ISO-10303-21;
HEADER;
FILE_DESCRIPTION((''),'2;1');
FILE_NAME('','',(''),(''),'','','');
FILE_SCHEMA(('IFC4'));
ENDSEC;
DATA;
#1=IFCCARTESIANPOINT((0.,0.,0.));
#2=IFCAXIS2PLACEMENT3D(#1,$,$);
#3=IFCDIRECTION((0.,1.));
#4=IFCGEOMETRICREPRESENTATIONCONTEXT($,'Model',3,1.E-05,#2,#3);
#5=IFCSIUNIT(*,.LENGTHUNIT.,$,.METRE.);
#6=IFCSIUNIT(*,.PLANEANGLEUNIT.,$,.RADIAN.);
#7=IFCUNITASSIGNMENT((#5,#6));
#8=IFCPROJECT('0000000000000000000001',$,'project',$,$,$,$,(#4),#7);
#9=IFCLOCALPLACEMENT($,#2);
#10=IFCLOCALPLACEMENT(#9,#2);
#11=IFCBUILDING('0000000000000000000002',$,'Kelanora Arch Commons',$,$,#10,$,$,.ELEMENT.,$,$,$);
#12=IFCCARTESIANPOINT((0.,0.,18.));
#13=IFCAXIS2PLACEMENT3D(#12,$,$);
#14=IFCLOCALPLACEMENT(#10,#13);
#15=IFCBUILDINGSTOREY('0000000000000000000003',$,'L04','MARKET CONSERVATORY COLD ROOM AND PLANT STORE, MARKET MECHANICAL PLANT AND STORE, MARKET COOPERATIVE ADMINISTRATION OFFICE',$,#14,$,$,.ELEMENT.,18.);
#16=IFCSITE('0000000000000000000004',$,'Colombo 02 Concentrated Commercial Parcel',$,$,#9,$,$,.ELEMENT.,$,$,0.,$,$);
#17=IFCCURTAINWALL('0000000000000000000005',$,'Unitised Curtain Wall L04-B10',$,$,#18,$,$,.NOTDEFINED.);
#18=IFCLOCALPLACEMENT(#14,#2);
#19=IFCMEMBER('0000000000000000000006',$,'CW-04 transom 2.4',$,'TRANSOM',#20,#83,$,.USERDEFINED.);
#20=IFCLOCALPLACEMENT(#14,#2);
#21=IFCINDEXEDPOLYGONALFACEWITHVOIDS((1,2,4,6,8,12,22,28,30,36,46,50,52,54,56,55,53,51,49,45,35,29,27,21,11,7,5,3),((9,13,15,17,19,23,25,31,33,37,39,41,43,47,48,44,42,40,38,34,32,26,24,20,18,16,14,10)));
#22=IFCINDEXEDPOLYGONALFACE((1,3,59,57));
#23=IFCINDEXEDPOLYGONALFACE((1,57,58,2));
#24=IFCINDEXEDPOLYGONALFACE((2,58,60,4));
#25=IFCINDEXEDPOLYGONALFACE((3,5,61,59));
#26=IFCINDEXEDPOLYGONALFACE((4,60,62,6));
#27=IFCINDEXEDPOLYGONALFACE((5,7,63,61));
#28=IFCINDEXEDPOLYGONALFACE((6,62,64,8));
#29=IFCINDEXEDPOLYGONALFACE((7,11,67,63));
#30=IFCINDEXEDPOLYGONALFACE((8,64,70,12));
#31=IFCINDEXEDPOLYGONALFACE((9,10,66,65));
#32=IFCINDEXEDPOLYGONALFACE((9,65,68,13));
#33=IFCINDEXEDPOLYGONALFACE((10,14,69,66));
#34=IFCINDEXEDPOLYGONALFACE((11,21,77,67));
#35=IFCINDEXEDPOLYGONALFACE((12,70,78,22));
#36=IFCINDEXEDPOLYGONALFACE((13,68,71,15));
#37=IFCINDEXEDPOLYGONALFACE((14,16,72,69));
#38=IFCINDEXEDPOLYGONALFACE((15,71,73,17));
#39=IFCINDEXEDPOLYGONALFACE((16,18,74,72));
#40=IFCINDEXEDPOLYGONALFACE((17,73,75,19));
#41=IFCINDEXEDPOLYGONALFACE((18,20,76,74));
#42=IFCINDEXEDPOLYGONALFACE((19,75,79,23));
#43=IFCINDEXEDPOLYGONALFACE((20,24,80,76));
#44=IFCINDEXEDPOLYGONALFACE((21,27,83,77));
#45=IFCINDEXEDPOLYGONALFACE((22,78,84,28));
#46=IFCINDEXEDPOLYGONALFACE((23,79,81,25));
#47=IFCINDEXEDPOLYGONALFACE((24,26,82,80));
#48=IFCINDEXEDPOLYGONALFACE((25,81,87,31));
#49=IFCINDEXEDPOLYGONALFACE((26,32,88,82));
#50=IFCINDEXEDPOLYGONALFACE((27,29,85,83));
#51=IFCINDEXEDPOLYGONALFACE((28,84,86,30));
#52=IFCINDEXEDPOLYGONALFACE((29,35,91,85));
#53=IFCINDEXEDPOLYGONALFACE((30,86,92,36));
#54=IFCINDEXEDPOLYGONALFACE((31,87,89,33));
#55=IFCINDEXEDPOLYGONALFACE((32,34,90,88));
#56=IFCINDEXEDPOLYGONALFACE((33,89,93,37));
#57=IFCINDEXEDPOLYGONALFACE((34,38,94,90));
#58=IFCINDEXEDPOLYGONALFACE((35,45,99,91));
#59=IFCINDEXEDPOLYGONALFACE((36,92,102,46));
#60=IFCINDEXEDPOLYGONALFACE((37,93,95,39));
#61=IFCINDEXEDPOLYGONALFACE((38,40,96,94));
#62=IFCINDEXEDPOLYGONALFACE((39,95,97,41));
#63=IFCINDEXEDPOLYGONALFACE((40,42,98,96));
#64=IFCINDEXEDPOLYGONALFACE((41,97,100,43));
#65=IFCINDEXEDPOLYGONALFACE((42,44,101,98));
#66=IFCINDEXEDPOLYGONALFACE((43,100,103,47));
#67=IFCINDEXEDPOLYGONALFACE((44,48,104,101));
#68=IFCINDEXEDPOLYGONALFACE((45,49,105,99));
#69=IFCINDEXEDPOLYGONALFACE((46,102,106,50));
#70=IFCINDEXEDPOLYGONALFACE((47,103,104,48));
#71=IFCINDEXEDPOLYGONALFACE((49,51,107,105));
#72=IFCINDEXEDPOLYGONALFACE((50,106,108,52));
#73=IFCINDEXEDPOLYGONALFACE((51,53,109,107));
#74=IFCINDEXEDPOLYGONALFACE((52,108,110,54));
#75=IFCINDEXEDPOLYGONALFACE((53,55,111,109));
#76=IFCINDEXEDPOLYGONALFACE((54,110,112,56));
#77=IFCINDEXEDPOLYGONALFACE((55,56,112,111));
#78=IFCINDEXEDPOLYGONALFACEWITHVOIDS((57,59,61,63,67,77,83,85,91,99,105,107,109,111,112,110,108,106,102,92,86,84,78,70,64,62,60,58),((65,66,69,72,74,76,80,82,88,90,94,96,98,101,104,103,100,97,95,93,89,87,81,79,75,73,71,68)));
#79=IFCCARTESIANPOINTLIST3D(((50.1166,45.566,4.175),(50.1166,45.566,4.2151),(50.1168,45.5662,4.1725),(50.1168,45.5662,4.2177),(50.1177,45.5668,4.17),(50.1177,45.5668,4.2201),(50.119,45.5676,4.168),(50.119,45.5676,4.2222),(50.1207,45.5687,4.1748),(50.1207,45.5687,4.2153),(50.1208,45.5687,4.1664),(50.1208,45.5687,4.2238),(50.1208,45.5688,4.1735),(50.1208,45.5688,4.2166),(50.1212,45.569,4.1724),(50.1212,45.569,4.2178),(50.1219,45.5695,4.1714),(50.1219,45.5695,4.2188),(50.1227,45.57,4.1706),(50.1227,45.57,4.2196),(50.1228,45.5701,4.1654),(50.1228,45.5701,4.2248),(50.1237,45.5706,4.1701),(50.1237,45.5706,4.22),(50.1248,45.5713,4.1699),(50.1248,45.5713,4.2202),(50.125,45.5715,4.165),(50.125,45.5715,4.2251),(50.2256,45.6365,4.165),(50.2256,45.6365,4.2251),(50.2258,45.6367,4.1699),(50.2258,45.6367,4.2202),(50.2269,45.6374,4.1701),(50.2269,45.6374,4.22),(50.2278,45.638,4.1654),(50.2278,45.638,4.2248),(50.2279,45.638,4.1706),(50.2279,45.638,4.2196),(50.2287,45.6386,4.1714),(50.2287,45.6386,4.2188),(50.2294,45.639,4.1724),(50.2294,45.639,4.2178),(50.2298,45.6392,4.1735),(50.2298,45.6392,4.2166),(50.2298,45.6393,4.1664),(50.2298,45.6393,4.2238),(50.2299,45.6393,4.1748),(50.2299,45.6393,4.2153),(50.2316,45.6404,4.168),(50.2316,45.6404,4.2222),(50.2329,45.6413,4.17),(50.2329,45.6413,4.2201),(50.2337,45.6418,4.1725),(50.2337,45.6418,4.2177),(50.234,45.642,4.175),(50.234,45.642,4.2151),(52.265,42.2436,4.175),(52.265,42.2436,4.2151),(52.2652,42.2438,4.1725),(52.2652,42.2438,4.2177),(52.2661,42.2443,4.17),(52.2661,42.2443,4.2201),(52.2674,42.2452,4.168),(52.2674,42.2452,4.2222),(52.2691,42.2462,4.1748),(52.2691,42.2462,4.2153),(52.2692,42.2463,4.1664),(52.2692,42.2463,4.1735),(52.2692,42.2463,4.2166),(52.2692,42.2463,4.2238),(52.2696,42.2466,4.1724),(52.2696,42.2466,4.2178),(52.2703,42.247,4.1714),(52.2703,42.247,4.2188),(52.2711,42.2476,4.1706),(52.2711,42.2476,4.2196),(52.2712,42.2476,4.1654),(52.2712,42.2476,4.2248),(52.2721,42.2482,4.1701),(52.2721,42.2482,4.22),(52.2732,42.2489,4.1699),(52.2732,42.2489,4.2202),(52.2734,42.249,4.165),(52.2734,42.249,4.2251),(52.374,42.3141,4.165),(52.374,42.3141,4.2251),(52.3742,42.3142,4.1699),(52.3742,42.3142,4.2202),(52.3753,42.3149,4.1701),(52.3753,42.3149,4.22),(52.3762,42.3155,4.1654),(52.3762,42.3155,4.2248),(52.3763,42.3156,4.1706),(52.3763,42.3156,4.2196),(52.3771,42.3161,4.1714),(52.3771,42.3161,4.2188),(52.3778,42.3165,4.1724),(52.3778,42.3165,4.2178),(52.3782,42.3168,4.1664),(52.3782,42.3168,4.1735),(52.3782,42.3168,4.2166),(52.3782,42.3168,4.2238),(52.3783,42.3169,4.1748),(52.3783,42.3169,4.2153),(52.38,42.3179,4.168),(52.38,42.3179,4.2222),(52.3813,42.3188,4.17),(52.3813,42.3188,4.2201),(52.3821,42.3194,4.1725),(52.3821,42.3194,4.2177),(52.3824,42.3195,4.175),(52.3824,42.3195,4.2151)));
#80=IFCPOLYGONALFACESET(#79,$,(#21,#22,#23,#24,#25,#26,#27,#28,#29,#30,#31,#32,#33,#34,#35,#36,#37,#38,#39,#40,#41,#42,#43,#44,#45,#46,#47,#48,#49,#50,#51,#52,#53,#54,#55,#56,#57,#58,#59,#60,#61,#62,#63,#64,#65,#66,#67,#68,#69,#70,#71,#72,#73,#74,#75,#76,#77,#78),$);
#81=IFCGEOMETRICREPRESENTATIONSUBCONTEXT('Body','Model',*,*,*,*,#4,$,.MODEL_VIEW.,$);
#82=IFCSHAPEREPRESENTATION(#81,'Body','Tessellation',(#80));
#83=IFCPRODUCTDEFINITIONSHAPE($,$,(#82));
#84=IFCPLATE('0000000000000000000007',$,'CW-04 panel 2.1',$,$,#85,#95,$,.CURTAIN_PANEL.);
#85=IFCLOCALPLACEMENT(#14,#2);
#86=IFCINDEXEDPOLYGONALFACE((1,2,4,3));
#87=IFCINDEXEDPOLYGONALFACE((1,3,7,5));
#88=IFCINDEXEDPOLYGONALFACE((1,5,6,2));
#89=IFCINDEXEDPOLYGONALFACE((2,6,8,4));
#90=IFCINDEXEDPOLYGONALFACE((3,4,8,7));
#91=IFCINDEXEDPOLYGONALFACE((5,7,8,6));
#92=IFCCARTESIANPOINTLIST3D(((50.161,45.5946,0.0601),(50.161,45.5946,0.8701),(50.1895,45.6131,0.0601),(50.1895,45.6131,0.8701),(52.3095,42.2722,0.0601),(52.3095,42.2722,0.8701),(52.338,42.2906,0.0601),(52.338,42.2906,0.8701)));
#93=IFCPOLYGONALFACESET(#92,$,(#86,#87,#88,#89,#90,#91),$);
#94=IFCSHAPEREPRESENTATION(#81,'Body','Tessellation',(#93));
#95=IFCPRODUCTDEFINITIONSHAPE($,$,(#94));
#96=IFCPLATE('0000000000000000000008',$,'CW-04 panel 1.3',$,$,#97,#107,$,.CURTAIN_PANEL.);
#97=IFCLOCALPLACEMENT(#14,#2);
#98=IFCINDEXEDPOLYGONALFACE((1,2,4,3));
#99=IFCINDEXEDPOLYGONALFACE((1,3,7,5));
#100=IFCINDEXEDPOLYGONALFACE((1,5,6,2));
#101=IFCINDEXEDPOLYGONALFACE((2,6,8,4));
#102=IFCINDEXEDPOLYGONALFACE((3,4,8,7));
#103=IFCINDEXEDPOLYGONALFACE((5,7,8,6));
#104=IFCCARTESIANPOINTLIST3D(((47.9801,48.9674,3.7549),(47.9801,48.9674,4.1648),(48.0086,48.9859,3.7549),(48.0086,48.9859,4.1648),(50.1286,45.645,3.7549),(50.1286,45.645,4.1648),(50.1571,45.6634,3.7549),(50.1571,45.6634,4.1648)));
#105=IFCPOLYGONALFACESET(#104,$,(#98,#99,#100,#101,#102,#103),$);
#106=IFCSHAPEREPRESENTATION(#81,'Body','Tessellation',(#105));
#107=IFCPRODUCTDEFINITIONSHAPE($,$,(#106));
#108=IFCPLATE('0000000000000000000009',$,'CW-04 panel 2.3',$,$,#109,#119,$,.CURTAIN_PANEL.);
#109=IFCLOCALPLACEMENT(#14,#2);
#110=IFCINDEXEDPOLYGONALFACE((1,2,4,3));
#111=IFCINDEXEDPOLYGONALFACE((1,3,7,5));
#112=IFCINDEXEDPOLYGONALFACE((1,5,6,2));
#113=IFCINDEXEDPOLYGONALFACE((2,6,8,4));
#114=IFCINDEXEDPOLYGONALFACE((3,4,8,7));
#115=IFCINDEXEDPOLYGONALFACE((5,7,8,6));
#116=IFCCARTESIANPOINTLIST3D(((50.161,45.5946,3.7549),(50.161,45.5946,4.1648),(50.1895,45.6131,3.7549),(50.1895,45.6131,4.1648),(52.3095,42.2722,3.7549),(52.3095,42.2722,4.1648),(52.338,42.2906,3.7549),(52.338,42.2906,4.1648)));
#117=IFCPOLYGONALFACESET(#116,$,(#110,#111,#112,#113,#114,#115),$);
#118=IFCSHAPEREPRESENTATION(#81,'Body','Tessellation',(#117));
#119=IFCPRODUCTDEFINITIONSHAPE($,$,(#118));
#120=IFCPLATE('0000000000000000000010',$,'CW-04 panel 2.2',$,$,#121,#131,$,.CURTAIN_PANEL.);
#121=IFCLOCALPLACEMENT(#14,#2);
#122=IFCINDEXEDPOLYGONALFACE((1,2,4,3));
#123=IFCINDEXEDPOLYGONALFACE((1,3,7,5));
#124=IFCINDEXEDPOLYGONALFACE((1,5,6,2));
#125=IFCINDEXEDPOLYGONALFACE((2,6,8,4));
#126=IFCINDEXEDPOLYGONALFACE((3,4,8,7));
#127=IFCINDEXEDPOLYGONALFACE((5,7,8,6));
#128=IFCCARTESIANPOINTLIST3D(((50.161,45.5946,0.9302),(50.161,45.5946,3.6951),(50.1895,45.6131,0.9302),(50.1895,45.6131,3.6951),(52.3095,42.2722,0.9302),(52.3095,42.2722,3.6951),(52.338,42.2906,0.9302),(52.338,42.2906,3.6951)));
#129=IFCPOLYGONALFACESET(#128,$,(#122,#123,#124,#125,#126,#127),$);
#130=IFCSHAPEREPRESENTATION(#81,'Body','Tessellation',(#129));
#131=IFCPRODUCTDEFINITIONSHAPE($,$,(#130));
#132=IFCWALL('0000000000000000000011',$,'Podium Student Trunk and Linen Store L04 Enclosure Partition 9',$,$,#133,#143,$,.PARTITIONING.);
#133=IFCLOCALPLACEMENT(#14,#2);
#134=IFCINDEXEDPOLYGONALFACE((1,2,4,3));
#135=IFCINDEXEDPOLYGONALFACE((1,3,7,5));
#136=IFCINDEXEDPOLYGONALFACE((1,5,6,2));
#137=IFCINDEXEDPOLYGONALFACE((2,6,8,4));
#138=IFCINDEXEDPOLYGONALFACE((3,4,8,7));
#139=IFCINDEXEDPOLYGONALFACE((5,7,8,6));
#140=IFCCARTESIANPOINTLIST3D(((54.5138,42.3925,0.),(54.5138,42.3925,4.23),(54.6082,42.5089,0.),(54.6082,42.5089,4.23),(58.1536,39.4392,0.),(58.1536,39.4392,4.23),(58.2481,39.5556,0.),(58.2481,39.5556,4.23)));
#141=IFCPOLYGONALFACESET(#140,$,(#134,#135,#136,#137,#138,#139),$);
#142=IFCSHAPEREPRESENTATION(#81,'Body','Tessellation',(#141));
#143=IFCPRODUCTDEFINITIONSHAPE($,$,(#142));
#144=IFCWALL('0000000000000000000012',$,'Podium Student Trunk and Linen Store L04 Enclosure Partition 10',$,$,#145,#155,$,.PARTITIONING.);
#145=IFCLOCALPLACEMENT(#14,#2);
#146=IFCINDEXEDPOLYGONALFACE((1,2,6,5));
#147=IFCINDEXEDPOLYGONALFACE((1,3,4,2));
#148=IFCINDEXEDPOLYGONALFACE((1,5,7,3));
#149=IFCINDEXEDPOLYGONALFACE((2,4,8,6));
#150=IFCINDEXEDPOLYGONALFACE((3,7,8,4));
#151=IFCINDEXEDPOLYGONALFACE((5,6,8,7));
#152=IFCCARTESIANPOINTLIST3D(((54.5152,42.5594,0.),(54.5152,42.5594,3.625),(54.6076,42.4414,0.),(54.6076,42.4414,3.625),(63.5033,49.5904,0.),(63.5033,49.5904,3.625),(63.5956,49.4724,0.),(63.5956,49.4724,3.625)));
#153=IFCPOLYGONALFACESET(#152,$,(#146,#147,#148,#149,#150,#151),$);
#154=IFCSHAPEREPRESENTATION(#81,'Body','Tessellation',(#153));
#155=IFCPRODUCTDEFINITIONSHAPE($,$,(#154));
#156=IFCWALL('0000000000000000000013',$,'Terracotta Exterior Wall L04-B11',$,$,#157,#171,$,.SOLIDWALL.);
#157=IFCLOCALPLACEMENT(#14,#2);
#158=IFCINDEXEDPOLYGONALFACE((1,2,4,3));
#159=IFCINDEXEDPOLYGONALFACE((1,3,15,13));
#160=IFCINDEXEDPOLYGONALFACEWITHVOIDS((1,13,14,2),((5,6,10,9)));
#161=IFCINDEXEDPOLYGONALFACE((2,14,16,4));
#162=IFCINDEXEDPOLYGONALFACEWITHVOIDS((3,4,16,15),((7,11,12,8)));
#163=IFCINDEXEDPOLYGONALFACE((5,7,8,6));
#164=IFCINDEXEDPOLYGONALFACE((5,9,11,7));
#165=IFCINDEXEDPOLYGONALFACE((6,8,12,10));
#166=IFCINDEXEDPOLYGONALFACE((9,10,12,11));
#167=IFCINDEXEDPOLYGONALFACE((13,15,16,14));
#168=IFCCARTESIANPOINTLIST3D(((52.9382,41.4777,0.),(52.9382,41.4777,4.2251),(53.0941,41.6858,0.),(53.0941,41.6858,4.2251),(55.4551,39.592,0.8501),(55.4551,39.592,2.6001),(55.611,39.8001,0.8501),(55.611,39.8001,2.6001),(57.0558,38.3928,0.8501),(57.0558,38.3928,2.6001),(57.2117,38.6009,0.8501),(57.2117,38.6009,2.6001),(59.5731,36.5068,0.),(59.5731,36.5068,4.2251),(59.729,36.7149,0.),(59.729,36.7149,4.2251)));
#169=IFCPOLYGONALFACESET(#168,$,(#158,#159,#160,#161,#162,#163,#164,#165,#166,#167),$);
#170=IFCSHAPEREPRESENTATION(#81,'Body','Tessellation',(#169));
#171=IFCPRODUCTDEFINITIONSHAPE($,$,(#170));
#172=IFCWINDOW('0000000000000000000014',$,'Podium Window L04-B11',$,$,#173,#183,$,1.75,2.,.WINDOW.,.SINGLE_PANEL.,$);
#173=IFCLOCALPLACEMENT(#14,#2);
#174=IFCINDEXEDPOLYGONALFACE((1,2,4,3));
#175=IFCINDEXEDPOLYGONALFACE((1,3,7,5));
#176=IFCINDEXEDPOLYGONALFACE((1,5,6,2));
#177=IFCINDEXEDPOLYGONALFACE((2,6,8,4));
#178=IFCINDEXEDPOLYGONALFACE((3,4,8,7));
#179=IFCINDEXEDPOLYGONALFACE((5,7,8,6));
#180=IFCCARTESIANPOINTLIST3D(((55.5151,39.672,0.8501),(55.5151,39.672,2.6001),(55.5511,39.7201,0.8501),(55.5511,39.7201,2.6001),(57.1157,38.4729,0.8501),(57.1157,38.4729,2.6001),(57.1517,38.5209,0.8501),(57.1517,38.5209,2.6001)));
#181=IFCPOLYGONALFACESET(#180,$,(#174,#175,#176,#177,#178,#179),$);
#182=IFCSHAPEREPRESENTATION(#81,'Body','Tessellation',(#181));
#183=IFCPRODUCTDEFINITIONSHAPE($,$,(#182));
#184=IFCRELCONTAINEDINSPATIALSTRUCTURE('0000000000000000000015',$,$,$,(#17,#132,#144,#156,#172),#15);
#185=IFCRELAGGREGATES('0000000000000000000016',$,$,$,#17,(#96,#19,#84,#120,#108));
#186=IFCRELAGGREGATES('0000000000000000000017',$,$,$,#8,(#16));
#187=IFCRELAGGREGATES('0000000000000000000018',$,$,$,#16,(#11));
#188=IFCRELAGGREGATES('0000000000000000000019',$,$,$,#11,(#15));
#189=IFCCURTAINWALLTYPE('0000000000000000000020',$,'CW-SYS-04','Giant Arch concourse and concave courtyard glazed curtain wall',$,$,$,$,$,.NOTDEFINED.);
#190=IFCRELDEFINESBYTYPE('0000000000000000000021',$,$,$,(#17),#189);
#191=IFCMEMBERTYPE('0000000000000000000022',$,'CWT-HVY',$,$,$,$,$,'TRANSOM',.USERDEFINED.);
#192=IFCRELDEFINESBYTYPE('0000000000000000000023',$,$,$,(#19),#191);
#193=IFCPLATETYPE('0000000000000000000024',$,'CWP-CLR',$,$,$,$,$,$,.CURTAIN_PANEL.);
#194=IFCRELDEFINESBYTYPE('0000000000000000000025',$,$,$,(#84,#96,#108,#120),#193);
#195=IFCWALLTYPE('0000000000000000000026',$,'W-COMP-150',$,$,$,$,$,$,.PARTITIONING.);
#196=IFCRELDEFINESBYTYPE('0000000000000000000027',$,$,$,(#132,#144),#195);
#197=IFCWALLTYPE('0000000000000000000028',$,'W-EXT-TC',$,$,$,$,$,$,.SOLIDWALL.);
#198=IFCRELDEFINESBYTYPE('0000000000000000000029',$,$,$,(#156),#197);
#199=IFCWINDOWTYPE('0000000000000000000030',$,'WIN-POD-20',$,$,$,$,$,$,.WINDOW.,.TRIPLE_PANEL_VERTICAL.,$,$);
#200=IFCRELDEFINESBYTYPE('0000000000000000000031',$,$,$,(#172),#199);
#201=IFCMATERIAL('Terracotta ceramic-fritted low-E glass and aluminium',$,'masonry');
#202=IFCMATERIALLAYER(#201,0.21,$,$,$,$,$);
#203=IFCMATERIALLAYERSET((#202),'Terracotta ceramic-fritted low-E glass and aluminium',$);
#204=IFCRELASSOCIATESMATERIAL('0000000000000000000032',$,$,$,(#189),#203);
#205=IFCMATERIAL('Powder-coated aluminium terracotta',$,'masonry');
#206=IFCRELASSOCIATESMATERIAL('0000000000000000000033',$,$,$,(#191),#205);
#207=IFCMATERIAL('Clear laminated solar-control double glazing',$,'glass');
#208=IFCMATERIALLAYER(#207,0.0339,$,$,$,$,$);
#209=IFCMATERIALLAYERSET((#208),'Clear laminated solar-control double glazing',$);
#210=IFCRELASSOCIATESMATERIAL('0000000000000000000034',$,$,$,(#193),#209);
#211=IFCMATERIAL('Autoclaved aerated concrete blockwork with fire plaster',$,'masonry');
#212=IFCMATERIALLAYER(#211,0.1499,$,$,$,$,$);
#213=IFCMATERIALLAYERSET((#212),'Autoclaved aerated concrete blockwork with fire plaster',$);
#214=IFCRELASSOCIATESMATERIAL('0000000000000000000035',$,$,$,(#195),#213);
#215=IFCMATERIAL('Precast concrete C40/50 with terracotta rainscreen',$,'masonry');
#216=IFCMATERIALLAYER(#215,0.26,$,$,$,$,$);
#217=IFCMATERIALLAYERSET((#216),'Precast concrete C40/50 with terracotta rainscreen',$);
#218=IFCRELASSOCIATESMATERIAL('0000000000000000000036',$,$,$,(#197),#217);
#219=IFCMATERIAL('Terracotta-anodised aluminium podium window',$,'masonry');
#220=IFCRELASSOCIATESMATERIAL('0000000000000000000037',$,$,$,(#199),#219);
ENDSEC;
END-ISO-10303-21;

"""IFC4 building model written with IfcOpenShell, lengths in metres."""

from ifc_helpers import new_model, si_unit, direction, frame, frame_2d, origin, origin_2d, place, context, subcontext, project, spatial, rectangle, hollow_rectangle, extrude, source, transform, mapped, material, layer, layer_set, material_profile, profile_set, type_object, element, fill, aggregate, save


model = new_model("IFC4")

# Units and contexts
model_context = context("Model", 3, precision=1e-05, world=origin(), true_north=direction((0.0, 1.0)))
body_context = subcontext(model_context, "Body", "Model", "MODEL_VIEW")
ifc_project = project(units=[si_unit("LENGTHUNIT", "METRE"), si_unit("PLANEANGLEUNIT", "RADIAN")], contexts=[model_context])

# Site, building, storey
site_placement = place(None, origin())
site = spatial("IfcSite", under=ifc_project, at=site_placement, Name="Colombo 02 Concentrated Commercial Parcel", CompositionType="ELEMENT", RefElevation=0.0)
building_placement = place(site_placement, origin())
building = spatial("IfcBuilding", under=site, at=building_placement, Name="Kelanora Arch Commons", CompositionType="ELEMENT")
storey_placement = place(building_placement, frame((0.0, 0.0, 18.0)))
storey = spatial("IfcBuildingStorey", under=building, at=storey_placement, Name="L04", Description="MARKET CONSERVATORY COLD ROOM AND PLANT STORE, MARKET MECHANICAL PLANT AND STORE, MARKET COOPERATIVE ADMINISTRATION OFFICE", CompositionType="ELEMENT", Elevation=18.0)

# Curtain wall, member, plates
ifc_material_1 = material(Name="Terracotta ceramic-fritted low-E glass and aluminium", Category="masonry")
ifc_layer_1 = layer(ifc_material_1, 0.21)
ifc_layer_set_1 = layer_set([ifc_layer_1], Name="Terracotta ceramic-fritted low-E glass and aluminium")
curtain_wall_type = type_object("IfcCurtainWallType", Name="CW-SYS-04", Description="Giant Arch concourse and concave courtyard glazed curtain wall", PredefinedType="NOTDEFINED", material=ifc_layer_set_1)
curtain_wall_placement = place(storey_placement, origin())
curtain_wall = element("IfcCurtainWall", 1, at=curtain_wall_placement, inside=storey, type_object=curtain_wall_type, Name="Unitised Curtain Wall L04-B10", PredefinedType="NOTDEFINED")
ifc_material_2 = material(Name="Powder-coated aluminium terracotta", Category="masonry")
ifc_material_profile_1 = material_profile(ifc_material_2, hollow_rectangle(XDim=0.1399, YDim=0.0601, WallThickness=0.0049, InnerFilletRadius=0.0049, OuterFilletRadius=0.01, at=origin_2d()), Name="CWT140x60")
ifc_profile_set_1 = profile_set([ifc_material_profile_1], Name="Powder-coated aluminium terracotta")
member_type_1 = type_object("IfcMemberType", Name="CWT-HVY", ElementType="TRANSOM", PredefinedType="USERDEFINED", material=ifc_profile_set_1)
member_1_placement = place(storey_placement, frame((50.1753, 45.604, 4.1951), z_axis=(0.542998, -0.839734, 0.0), x_axis=(0.839734, 0.542998, 0.0)))
member_1 = element("IfcMember", 2, at=member_1_placement, type_object=member_type_1, Name="CW-04 transom 2.4", ObjectType="TRANSOM", PredefinedType="USERDEFINED", context=body_context, shape_type="SweptSolid", body=[
    extrude(hollow_rectangle(XDim=0.1399, YDim=0.0601, WallThickness=0.0049, InnerFilletRadius=0.0049, OuterFilletRadius=0.01, at=origin_2d()), origin(), (0.0, 0.0, 1.0), 3.9565),
])
ifc_material_3 = material(Name="Clear laminated solar-control double glazing", Category="glass")
ifc_layer_2 = layer(ifc_material_3, 0.0339)
ifc_layer_set_2 = layer_set([ifc_layer_2], Name="Clear laminated solar-control double glazing")
plate_type = type_object("IfcPlateType", Name="CWP-CLR", PredefinedType="CURTAIN_PANEL", material=ifc_layer_set_2)
shared_shape_1 = source(origin(), body_context, "Body", "SweptSolid", [
    extrude(rectangle(XDim=3.9565, YDim=0.0339, at=origin_2d()), origin(), (0.0, 0.0, 1.0), 0.8101),
])
plate_1_placement = place(storey_placement, frame((51.2495, 43.9426, 0.0601), z_axis=(0.0, 0.0, 1.0), x_axis=(0.543006, -0.839729, 0.0)))
plate_1 = element("IfcPlate", 3, at=plate_1_placement, type_object=plate_type, Name="CW-04 panel 2.1", PredefinedType="CURTAIN_PANEL", context=body_context, shape_type="MappedRepresentation", body=[
    mapped(shared_shape_1, transform((0.0, 0.0, 0.0), scale=1.0)),
])
shared_shape_2 = source(origin(), body_context, "Body", "SweptSolid", [
    extrude(rectangle(XDim=3.9565, YDim=0.0339, at=origin_2d()), origin(), (0.0, 0.0, 1.0), 0.4099),
])
plate_2_placement = place(storey_placement, frame((49.0686, 47.3154, 3.7549), z_axis=(0.0, 0.0, 1.0), x_axis=(0.543006, -0.839729, 0.0)))
plate_2 = element("IfcPlate", 4, at=plate_2_placement, type_object=plate_type, Name="CW-04 panel 1.3", PredefinedType="CURTAIN_PANEL", context=body_context, shape_type="MappedRepresentation", body=[
    mapped(shared_shape_2, transform((0.0, 0.0, 0.0), scale=1.0)),
])
plate_3_placement = place(storey_placement, frame((51.2495, 43.9426, 3.7549), z_axis=(0.0, 0.0, 1.0), x_axis=(0.543006, -0.839729, 0.0)))
plate_3 = element("IfcPlate", 5, at=plate_3_placement, type_object=plate_type, Name="CW-04 panel 2.3", PredefinedType="CURTAIN_PANEL", context=body_context, shape_type="MappedRepresentation", body=[
    mapped(shared_shape_2, transform((0.0, 0.0, 0.0), scale=1.0)),
])
shared_shape_3 = source(origin(), body_context, "Body", "SweptSolid", [
    extrude(rectangle(XDim=3.9565, YDim=0.0339, at=origin_2d()), origin(), (0.0, 0.0, 1.0), 2.7649),
])
plate_4_placement = place(storey_placement, frame((51.2495, 43.9426, 0.9302), z_axis=(0.0, 0.0, 1.0), x_axis=(0.543006, -0.839729, 0.0)))
plate_4 = element("IfcPlate", 6, at=plate_4_placement, type_object=plate_type, Name="CW-04 panel 2.2", PredefinedType="CURTAIN_PANEL", context=body_context, shape_type="MappedRepresentation", body=[
    mapped(shared_shape_3, transform((0.0, 0.0, 0.0), scale=1.0)),
])
aggregate(curtain_wall, [plate_2, member_1, plate_1, plate_4, plate_3])

# Walls
ifc_material_4 = material(Name="Autoclaved aerated concrete blockwork with fire plaster", Category="masonry")
ifc_layer_3 = layer(ifc_material_4, 0.1499)
ifc_layer_set_3 = layer_set([ifc_layer_3], Name="Autoclaved aerated concrete blockwork with fire plaster")
wall_type_1 = type_object("IfcWallType", Name="W-COMP-150", PredefinedType="PARTITIONING", material=ifc_layer_set_3)
wall_1_placement = place(storey_placement, frame((58.2009, 39.4973, 0.0), z_axis=(0.0, 0.0, 1.0), x_axis=(-0.776536, 0.630073, 0.0)))
element("IfcWall", 7, at=wall_1_placement, inside=storey, type_object=wall_type_1, Name="Podium Student Trunk and Linen Store L04 Enclosure Partition 9", PredefinedType="PARTITIONING", context=body_context, shape_type="SweptSolid", body=[
    extrude(rectangle(XDim=4.6873, YDim=0.1499, at=frame_2d((2.3438, 0.0))), origin(), (0.0, 0.0, 1.0), 4.23),
])
wall_2_placement = place(storey_placement, frame((54.5615, 42.5005, 0.0), z_axis=(0.0, 0.0, 1.0), x_axis=(0.787637, 0.616139, 0.0)))
element("IfcWall", 8, at=wall_2_placement, inside=storey, type_object=wall_type_1, Name="Podium Student Trunk and Linen Store L04 Enclosure Partition 10", PredefinedType="PARTITIONING", context=body_context, shape_type="SweptSolid", body=[
    extrude(rectangle(XDim=11.4114, YDim=0.1499, at=frame_2d((5.7056, 0.0))), origin(), (0.0, 0.0, 1.0), 3.625),
])

# Wall, opening, window
ifc_material_5 = material(Name="Precast concrete C40/50 with terracotta rainscreen", Category="masonry")
ifc_layer_4 = layer(ifc_material_5, 0.26)
ifc_layer_set_4 = layer_set([ifc_layer_4], Name="Precast concrete C40/50 with terracotta rainscreen")
wall_type_2 = type_object("IfcWallType", Name="W-EXT-TC", PredefinedType="SOLIDWALL", material=ifc_layer_set_4)
wall_3_placement = place(storey_placement, frame((53.0161, 41.5818, 0.0), z_axis=(0.0, 0.0, 1.0), x_axis=(0.800307, -0.59959, 0.0)))
wall_3 = element("IfcWall", 9, at=wall_3_placement, inside=storey, type_object=wall_type_2, Name="Terracotta Exterior Wall L04-B11", PredefinedType="SOLIDWALL", context=body_context, shape_type="SweptSolid", body=[
    extrude(rectangle(XDim=8.2905, YDim=0.26, at=frame_2d((4.1453, 0.0))), origin(), (0.0, 0.0, 1.0), 4.2251),
])
opening_placement = place(wall_3_placement, frame((3.145, 0.0, 0.8501)))
opening = element("IfcOpeningElement", 10, at=opening_placement, cuts=wall_3, PredefinedType="OPENING", context=body_context, shape_type="SweptSolid", body=[
    extrude(rectangle(XDim=2.0, YDim=1.75, at=frame_2d((1.0, 0.875))), frame((0.0, 0.1401, 0.0), z_axis=(0.0, -1.0, 0.0), x_axis=(1.0, 0.0, 0.0)), (0.0, 0.0, 1.0), 0.28),
])
ifc_material_6 = material(Name="Terracotta-anodised aluminium podium window", Category="masonry")
window_type = type_object("IfcWindowType", Name="WIN-POD-20", PartitioningType="TRIPLE_PANEL_VERTICAL", PredefinedType="WINDOW", material=ifc_material_6)
window_placement = place(opening_placement, origin())
window = element("IfcWindow", 11, at=window_placement, inside=storey, type_object=window_type, Name="Podium Window L04-B11", OverallHeight=1.75, OverallWidth=2.0, PartitioningType="SINGLE_PANEL", PredefinedType="WINDOW", context=body_context, shape_type="SweptSolid", body=[
    extrude(rectangle(XDim=2.0, YDim=1.75, at=frame_2d((1.0, 0.875))), frame((0.0, 0.03, 0.0), z_axis=(0.0, -1.0, 0.0), x_axis=(1.0, 0.0, 0.0)), (0.0, 0.0, 1.0), 0.0601),
])
fill(opening, window)

save(model, "model.ifc")
